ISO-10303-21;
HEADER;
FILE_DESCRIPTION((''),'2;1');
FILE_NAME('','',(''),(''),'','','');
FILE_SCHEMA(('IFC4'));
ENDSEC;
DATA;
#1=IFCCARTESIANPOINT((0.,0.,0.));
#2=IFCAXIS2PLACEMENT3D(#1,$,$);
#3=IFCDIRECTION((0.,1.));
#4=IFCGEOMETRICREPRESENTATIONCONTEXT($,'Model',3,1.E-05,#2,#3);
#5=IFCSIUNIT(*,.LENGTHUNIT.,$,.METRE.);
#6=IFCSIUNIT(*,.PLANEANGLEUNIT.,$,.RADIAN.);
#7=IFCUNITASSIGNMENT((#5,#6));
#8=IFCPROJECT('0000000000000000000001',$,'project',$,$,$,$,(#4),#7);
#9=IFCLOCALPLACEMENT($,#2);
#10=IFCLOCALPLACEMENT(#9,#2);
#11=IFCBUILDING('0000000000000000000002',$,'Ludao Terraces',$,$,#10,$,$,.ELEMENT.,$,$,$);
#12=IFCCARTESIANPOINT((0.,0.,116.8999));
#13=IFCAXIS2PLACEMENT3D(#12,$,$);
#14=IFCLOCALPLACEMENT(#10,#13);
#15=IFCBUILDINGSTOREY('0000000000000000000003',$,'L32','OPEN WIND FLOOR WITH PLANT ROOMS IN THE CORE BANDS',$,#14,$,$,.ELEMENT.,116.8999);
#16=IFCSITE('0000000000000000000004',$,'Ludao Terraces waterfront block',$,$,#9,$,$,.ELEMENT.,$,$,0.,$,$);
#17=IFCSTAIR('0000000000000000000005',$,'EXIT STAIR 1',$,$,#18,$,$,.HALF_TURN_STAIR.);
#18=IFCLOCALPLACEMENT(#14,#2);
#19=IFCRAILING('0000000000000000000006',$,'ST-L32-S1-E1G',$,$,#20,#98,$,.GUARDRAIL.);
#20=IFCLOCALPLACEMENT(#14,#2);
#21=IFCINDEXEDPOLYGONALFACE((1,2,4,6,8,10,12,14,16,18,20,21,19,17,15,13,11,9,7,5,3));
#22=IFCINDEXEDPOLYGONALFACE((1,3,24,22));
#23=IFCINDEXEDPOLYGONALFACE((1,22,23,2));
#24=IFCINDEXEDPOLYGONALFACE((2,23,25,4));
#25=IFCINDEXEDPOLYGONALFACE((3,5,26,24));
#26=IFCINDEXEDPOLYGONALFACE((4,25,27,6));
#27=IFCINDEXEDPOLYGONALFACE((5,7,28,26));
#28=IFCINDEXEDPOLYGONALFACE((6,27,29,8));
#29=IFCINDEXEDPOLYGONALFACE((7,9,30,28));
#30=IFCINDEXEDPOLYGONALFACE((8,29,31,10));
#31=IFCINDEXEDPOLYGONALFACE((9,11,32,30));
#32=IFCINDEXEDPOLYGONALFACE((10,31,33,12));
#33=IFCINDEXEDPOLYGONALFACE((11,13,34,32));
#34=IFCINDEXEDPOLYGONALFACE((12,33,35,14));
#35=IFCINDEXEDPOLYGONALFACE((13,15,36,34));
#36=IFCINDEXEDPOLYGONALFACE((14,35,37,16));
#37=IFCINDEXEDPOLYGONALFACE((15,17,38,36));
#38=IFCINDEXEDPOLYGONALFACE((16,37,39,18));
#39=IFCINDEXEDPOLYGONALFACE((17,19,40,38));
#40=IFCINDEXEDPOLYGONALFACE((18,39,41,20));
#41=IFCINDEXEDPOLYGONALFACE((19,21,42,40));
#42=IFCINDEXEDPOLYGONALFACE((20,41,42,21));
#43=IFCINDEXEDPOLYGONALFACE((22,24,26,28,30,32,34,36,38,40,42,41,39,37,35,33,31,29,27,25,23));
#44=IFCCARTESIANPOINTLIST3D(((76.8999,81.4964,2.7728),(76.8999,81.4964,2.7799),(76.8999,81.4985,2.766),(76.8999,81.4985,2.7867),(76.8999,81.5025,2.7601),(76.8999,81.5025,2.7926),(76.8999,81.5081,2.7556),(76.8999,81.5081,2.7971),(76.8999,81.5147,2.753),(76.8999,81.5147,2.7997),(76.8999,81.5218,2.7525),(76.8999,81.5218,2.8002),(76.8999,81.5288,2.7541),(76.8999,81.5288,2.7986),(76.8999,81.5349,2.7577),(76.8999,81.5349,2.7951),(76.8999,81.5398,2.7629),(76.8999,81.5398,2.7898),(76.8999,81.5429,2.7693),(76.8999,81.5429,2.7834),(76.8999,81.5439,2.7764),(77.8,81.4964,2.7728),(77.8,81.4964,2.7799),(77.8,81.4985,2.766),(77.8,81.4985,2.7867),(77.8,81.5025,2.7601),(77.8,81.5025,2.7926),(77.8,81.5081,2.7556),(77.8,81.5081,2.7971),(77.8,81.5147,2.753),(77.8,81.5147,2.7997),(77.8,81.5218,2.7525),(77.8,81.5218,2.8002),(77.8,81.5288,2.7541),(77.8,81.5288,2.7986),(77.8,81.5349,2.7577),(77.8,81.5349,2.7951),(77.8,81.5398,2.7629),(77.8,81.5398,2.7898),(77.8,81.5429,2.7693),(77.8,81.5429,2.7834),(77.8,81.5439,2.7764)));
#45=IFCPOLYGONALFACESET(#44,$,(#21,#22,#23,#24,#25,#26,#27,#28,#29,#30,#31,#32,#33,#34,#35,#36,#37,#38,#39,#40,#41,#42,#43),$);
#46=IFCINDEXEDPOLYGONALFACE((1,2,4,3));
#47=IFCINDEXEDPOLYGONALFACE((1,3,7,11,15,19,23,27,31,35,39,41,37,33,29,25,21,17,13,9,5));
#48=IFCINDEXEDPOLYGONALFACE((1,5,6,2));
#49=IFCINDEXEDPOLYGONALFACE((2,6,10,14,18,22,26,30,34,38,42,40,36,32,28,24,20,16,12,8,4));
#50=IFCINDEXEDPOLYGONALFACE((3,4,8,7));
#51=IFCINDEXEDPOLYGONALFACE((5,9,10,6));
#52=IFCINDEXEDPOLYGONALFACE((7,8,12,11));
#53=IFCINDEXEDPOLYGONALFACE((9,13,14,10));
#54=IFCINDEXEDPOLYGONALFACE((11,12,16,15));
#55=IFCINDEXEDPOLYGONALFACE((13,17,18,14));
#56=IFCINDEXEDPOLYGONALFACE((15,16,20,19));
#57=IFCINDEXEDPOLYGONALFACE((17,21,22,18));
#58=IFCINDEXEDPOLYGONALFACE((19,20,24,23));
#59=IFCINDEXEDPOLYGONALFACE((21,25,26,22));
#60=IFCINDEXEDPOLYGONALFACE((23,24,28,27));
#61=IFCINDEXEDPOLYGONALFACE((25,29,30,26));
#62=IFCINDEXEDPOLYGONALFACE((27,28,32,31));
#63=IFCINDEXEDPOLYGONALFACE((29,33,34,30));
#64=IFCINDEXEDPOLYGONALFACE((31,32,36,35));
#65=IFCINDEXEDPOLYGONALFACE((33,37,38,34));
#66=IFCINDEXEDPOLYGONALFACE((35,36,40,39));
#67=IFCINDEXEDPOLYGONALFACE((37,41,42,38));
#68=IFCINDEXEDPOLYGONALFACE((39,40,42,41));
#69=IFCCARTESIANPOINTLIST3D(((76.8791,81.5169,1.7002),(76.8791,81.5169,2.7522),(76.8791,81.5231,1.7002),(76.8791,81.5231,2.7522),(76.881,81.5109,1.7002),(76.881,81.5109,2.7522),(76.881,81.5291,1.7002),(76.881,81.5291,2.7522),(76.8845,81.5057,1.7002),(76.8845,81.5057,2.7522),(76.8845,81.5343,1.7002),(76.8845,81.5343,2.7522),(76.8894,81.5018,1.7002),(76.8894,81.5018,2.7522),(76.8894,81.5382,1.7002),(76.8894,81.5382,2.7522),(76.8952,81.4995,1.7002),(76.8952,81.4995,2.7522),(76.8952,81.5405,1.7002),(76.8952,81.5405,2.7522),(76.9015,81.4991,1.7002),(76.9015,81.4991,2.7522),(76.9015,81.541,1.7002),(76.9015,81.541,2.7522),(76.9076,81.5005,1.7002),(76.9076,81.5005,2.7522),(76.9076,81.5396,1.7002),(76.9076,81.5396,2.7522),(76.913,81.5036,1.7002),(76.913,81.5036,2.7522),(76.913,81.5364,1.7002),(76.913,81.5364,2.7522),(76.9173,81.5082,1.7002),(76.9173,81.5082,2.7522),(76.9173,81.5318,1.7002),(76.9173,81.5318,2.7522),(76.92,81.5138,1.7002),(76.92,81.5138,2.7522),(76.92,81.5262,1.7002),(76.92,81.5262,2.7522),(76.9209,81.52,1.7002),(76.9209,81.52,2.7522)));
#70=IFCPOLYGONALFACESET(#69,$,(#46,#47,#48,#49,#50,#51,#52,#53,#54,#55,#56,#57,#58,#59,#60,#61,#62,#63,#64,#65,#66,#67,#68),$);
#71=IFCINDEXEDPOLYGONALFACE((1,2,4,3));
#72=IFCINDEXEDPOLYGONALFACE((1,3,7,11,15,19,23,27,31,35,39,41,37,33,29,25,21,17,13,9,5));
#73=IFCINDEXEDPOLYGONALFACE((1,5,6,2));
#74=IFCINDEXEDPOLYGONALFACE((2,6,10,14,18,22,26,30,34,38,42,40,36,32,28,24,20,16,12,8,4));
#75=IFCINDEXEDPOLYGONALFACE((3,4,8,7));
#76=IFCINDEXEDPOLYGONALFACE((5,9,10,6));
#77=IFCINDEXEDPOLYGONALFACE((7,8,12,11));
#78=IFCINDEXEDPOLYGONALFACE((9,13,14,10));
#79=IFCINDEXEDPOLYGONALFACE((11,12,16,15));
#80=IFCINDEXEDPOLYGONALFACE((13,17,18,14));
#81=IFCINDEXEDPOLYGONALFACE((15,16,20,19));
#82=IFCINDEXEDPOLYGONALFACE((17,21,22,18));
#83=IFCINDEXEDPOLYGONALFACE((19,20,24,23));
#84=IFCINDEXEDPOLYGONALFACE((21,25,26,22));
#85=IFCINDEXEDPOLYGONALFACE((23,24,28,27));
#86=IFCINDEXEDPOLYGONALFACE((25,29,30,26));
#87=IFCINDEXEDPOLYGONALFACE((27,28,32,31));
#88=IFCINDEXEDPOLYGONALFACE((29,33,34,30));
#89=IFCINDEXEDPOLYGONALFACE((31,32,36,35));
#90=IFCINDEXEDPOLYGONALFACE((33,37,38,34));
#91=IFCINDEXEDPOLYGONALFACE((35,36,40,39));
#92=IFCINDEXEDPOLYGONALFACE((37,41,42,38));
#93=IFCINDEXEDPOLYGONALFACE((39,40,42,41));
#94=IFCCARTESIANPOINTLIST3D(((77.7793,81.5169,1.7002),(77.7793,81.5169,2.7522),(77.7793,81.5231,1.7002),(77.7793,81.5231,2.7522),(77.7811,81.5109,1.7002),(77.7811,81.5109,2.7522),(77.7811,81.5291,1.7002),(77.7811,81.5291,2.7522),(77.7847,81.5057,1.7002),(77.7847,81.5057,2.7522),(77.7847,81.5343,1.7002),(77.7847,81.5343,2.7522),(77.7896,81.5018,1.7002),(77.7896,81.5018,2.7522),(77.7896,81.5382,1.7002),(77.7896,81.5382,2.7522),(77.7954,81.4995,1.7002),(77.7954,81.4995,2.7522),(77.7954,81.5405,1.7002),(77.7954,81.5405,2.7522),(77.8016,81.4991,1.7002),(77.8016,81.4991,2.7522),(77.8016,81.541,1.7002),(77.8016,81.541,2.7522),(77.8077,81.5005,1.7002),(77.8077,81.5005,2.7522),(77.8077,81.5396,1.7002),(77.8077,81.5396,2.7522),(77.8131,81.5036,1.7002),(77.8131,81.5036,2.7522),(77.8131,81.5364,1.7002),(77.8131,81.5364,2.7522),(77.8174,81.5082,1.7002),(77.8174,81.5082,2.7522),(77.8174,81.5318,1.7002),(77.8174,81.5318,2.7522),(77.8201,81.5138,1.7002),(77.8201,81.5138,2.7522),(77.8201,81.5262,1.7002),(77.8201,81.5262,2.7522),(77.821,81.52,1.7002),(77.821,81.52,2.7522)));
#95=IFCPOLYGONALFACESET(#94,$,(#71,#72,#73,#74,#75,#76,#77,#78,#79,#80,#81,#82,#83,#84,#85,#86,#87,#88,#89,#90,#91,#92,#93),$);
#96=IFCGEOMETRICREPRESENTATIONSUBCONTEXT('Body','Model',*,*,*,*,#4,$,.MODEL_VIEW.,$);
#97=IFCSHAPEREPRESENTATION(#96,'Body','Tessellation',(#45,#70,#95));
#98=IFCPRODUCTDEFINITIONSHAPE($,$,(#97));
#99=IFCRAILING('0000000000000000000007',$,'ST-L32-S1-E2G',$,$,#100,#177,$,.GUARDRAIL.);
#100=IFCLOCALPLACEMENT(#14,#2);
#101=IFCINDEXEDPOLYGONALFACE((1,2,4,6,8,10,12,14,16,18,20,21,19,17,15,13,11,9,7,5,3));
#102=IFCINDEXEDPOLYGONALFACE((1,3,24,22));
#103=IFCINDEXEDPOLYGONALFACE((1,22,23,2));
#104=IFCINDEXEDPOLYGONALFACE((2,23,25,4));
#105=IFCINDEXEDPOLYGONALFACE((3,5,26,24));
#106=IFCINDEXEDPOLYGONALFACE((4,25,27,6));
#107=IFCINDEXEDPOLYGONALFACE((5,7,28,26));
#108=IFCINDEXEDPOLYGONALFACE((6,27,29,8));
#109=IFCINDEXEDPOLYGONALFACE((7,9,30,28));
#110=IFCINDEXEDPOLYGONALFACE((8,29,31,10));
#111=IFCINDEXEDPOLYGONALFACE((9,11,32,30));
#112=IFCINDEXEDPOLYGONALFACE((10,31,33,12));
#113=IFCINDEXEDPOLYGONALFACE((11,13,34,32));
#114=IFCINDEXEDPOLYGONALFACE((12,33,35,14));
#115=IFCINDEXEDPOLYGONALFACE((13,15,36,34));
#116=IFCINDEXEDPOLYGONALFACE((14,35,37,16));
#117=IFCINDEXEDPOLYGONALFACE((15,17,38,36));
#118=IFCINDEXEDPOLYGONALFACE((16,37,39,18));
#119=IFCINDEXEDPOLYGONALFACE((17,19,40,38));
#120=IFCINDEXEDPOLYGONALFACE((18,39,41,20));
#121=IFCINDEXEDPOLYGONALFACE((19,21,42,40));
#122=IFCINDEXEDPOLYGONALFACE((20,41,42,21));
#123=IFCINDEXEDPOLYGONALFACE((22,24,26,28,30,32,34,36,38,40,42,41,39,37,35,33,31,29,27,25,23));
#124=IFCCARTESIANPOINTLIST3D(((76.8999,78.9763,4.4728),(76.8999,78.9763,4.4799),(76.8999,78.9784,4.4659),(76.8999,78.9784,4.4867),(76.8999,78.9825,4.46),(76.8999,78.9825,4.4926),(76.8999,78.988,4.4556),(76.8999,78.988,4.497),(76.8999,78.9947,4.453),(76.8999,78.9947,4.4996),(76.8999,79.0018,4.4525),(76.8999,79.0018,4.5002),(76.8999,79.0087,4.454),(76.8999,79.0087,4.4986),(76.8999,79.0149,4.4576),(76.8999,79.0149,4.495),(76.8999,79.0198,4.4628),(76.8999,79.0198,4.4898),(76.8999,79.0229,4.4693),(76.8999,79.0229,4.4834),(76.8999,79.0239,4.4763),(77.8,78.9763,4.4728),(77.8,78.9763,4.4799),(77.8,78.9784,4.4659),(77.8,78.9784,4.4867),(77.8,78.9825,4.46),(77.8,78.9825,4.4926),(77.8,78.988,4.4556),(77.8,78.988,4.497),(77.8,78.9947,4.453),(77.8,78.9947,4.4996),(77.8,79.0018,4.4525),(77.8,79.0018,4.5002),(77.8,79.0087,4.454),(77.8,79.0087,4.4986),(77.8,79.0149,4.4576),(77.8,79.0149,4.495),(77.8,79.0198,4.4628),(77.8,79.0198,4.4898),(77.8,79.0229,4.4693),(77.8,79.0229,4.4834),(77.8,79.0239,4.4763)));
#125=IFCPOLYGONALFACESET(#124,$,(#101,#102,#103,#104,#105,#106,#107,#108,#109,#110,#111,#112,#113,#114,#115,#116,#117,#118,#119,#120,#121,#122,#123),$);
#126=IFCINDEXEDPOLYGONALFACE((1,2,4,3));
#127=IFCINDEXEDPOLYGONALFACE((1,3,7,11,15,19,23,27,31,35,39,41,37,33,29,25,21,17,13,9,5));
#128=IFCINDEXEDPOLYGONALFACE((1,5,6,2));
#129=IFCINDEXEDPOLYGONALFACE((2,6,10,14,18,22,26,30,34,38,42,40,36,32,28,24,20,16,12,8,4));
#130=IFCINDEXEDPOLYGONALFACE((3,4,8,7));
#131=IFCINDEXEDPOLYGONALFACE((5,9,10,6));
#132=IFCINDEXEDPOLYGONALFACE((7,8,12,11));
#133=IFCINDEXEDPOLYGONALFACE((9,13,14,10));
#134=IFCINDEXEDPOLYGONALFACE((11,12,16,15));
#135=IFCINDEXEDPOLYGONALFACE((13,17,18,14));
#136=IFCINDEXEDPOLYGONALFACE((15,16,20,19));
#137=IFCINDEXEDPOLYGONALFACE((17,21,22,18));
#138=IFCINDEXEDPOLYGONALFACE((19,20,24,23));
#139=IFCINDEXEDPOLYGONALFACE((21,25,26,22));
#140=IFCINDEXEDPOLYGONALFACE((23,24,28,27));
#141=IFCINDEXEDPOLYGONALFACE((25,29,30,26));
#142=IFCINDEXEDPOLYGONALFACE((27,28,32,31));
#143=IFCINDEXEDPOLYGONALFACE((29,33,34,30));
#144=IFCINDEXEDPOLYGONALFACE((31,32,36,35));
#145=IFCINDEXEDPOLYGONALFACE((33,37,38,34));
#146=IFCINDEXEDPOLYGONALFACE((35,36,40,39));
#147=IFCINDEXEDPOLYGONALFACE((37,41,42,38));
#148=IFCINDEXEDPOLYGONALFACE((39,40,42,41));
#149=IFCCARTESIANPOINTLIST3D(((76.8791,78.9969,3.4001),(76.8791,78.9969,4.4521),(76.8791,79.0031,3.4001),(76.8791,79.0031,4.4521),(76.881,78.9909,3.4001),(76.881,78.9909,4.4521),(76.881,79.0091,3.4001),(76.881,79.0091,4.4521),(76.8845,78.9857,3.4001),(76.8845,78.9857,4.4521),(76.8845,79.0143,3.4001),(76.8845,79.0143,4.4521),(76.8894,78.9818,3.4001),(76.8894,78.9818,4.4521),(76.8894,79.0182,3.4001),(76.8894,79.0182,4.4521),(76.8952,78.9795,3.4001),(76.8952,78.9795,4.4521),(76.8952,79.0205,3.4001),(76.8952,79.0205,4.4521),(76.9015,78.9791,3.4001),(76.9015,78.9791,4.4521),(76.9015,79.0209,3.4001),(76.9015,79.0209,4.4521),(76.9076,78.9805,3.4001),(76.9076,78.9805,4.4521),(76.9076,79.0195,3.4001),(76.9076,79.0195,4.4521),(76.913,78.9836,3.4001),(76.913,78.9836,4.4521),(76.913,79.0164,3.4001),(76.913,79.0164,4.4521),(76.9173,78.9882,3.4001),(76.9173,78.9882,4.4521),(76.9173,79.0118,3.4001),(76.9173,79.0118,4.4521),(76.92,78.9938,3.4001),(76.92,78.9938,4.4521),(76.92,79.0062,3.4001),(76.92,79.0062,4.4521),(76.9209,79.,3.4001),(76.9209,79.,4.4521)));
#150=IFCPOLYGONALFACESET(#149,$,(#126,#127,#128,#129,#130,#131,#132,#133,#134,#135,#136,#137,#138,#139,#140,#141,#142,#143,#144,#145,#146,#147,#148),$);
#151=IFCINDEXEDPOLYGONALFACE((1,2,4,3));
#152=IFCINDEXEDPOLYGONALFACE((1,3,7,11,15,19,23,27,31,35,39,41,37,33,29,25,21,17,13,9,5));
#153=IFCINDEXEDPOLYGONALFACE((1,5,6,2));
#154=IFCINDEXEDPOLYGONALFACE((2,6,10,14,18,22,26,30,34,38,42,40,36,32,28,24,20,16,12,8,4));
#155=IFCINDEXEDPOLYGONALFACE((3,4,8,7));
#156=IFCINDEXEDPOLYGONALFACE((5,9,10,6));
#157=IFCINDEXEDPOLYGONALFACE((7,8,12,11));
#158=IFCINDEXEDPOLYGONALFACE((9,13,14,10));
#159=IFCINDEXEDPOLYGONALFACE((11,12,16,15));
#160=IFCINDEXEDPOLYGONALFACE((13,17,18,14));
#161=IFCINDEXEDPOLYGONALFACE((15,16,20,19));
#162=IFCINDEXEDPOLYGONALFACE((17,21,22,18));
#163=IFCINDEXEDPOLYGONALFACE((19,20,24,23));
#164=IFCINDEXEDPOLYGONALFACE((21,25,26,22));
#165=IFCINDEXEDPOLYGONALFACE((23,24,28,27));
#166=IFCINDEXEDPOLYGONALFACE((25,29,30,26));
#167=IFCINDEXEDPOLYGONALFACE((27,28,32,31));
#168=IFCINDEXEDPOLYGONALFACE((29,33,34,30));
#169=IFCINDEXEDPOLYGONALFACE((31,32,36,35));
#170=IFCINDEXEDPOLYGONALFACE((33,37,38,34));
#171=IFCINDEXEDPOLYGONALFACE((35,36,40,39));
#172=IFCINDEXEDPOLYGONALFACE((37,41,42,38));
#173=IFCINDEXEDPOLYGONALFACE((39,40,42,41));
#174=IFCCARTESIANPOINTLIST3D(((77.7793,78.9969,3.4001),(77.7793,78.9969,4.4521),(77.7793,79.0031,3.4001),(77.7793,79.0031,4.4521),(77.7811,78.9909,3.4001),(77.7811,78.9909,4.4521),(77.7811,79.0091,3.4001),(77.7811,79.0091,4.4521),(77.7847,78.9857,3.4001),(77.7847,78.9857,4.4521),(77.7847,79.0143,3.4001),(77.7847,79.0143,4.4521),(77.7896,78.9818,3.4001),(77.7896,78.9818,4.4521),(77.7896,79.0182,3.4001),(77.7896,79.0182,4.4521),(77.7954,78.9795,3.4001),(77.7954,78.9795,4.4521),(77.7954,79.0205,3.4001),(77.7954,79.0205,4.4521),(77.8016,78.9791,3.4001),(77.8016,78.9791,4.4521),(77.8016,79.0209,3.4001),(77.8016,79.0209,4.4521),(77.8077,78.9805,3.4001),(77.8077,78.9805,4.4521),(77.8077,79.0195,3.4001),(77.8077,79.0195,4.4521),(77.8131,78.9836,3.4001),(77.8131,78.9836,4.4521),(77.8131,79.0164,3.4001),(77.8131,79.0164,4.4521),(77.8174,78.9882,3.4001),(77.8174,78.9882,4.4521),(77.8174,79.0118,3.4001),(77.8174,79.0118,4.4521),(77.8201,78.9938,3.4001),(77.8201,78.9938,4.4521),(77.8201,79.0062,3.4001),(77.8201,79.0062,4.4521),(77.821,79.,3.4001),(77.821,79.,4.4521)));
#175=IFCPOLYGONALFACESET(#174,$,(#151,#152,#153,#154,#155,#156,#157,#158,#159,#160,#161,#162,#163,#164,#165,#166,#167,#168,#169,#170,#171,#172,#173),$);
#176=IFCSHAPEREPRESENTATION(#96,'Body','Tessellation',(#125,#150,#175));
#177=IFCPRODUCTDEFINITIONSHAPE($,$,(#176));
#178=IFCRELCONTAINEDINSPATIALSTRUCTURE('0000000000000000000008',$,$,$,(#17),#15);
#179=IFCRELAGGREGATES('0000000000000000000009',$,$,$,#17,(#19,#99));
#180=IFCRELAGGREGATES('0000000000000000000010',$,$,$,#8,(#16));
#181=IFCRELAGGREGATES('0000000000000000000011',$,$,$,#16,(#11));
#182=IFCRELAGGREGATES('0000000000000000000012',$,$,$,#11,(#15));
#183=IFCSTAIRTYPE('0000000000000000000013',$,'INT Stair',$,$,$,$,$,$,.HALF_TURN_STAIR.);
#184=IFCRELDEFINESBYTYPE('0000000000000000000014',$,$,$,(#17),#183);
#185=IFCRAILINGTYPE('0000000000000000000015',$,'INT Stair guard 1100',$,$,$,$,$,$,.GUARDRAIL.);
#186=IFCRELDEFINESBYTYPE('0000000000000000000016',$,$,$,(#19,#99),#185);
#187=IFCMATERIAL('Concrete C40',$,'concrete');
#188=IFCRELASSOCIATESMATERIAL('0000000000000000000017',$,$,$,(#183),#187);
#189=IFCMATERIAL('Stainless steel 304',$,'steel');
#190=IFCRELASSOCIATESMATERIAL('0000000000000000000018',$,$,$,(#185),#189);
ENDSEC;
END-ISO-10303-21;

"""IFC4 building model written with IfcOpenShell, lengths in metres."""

from ifc_helpers import new_model, si_unit, direction, frame, origin, origin_2d, place, context, subcontext, project, spatial, circle, extrude, material, type_object, element, aggregate, save


model = new_model("IFC4")

# Units and contexts
model_context = context("Model", 3, precision=1e-05, world=origin(), true_north=direction((0.0, 1.0)))
body_context = subcontext(model_context, "Body", "Model", "MODEL_VIEW")
ifc_project = project(units=[si_unit("LENGTHUNIT", "METRE"), si_unit("PLANEANGLEUNIT", "RADIAN")], contexts=[model_context])

# Site, building, storey
site_placement = place(None, origin())
site = spatial("IfcSite", under=ifc_project, at=site_placement, Name="Ludao Terraces waterfront block", CompositionType="ELEMENT", RefElevation=0.0)
building_placement = place(site_placement, origin())
building = spatial("IfcBuilding", under=site, at=building_placement, Name="Ludao Terraces", CompositionType="ELEMENT")
storey_placement = place(building_placement, frame((0.0, 0.0, 116.8999)))
storey = spatial("IfcBuildingStorey", under=building, at=storey_placement, Name="L32", Description="OPEN WIND FLOOR WITH PLANT ROOMS IN THE CORE BANDS", CompositionType="ELEMENT", Elevation=116.8999)

# Stair, railings
ifc_material_1 = material(Name="Concrete C40", Category="concrete")
stair_type = type_object("IfcStairType", Name="INT Stair", PredefinedType="HALF_TURN_STAIR", material=ifc_material_1)
stair_placement = place(storey_placement, origin())
stair = element("IfcStair", 1, at=stair_placement, inside=storey, type_object=stair_type, Name="EXIT STAIR 1", PredefinedType="HALF_TURN_STAIR")
ifc_material_2 = material(Name="Stainless steel 304", Category="steel")
railing_type_1 = type_object("IfcRailingType", Name="INT Stair guard 1100", PredefinedType="GUARDRAIL", material=ifc_material_2)
railing_1_placement = place(storey_placement, frame((76.8999, 81.52, 1.7002)))
railing_1 = element("IfcRailing", 2, at=railing_1_placement, type_object=railing_type_1, Name="ST-L32-S1-E1G", PredefinedType="GUARDRAIL", context=body_context, shape_type="SweptSolid", body=[
    extrude(circle(Radius=0.0239, at=origin_2d()), frame((0.0, 0.0, 1.0762), z_axis=(1.0, 0.0, 0.0), x_axis=(0.0, 1.0, 0.0)), (0.0, 0.0, 1.0), 0.9001),
    extrude(circle(Radius=0.021, at=origin_2d()), origin(), (0.0, 0.0, 1.0), 1.052),
    extrude(circle(Radius=0.021, at=origin_2d()), frame((0.9001, 0.0, 0.0)), (0.0, 0.0, 1.0), 1.052),
])
railing_2_placement = place(storey_placement, frame((76.8999, 79.0, 3.4001)))
railing_2 = element("IfcRailing", 3, at=railing_2_placement, type_object=railing_type_1, Name="ST-L32-S1-E2G", PredefinedType="GUARDRAIL", context=body_context, shape_type="SweptSolid", body=[
    extrude(circle(Radius=0.0239, at=origin_2d()), frame((0.0, 0.0, 1.0762), z_axis=(1.0, 0.0, 0.0), x_axis=(0.0, 1.0, 0.0)), (0.0, 0.0, 1.0), 0.9001),
    extrude(circle(Radius=0.021, at=origin_2d()), origin(), (0.0, 0.0, 1.0), 1.052),
    extrude(circle(Radius=0.021, at=origin_2d()), frame((0.9001, 0.0, 0.0)), (0.0, 0.0, 1.0), 1.052),
])
aggregate(stair, [railing_1, railing_2])

save(model, "model.ifc")
